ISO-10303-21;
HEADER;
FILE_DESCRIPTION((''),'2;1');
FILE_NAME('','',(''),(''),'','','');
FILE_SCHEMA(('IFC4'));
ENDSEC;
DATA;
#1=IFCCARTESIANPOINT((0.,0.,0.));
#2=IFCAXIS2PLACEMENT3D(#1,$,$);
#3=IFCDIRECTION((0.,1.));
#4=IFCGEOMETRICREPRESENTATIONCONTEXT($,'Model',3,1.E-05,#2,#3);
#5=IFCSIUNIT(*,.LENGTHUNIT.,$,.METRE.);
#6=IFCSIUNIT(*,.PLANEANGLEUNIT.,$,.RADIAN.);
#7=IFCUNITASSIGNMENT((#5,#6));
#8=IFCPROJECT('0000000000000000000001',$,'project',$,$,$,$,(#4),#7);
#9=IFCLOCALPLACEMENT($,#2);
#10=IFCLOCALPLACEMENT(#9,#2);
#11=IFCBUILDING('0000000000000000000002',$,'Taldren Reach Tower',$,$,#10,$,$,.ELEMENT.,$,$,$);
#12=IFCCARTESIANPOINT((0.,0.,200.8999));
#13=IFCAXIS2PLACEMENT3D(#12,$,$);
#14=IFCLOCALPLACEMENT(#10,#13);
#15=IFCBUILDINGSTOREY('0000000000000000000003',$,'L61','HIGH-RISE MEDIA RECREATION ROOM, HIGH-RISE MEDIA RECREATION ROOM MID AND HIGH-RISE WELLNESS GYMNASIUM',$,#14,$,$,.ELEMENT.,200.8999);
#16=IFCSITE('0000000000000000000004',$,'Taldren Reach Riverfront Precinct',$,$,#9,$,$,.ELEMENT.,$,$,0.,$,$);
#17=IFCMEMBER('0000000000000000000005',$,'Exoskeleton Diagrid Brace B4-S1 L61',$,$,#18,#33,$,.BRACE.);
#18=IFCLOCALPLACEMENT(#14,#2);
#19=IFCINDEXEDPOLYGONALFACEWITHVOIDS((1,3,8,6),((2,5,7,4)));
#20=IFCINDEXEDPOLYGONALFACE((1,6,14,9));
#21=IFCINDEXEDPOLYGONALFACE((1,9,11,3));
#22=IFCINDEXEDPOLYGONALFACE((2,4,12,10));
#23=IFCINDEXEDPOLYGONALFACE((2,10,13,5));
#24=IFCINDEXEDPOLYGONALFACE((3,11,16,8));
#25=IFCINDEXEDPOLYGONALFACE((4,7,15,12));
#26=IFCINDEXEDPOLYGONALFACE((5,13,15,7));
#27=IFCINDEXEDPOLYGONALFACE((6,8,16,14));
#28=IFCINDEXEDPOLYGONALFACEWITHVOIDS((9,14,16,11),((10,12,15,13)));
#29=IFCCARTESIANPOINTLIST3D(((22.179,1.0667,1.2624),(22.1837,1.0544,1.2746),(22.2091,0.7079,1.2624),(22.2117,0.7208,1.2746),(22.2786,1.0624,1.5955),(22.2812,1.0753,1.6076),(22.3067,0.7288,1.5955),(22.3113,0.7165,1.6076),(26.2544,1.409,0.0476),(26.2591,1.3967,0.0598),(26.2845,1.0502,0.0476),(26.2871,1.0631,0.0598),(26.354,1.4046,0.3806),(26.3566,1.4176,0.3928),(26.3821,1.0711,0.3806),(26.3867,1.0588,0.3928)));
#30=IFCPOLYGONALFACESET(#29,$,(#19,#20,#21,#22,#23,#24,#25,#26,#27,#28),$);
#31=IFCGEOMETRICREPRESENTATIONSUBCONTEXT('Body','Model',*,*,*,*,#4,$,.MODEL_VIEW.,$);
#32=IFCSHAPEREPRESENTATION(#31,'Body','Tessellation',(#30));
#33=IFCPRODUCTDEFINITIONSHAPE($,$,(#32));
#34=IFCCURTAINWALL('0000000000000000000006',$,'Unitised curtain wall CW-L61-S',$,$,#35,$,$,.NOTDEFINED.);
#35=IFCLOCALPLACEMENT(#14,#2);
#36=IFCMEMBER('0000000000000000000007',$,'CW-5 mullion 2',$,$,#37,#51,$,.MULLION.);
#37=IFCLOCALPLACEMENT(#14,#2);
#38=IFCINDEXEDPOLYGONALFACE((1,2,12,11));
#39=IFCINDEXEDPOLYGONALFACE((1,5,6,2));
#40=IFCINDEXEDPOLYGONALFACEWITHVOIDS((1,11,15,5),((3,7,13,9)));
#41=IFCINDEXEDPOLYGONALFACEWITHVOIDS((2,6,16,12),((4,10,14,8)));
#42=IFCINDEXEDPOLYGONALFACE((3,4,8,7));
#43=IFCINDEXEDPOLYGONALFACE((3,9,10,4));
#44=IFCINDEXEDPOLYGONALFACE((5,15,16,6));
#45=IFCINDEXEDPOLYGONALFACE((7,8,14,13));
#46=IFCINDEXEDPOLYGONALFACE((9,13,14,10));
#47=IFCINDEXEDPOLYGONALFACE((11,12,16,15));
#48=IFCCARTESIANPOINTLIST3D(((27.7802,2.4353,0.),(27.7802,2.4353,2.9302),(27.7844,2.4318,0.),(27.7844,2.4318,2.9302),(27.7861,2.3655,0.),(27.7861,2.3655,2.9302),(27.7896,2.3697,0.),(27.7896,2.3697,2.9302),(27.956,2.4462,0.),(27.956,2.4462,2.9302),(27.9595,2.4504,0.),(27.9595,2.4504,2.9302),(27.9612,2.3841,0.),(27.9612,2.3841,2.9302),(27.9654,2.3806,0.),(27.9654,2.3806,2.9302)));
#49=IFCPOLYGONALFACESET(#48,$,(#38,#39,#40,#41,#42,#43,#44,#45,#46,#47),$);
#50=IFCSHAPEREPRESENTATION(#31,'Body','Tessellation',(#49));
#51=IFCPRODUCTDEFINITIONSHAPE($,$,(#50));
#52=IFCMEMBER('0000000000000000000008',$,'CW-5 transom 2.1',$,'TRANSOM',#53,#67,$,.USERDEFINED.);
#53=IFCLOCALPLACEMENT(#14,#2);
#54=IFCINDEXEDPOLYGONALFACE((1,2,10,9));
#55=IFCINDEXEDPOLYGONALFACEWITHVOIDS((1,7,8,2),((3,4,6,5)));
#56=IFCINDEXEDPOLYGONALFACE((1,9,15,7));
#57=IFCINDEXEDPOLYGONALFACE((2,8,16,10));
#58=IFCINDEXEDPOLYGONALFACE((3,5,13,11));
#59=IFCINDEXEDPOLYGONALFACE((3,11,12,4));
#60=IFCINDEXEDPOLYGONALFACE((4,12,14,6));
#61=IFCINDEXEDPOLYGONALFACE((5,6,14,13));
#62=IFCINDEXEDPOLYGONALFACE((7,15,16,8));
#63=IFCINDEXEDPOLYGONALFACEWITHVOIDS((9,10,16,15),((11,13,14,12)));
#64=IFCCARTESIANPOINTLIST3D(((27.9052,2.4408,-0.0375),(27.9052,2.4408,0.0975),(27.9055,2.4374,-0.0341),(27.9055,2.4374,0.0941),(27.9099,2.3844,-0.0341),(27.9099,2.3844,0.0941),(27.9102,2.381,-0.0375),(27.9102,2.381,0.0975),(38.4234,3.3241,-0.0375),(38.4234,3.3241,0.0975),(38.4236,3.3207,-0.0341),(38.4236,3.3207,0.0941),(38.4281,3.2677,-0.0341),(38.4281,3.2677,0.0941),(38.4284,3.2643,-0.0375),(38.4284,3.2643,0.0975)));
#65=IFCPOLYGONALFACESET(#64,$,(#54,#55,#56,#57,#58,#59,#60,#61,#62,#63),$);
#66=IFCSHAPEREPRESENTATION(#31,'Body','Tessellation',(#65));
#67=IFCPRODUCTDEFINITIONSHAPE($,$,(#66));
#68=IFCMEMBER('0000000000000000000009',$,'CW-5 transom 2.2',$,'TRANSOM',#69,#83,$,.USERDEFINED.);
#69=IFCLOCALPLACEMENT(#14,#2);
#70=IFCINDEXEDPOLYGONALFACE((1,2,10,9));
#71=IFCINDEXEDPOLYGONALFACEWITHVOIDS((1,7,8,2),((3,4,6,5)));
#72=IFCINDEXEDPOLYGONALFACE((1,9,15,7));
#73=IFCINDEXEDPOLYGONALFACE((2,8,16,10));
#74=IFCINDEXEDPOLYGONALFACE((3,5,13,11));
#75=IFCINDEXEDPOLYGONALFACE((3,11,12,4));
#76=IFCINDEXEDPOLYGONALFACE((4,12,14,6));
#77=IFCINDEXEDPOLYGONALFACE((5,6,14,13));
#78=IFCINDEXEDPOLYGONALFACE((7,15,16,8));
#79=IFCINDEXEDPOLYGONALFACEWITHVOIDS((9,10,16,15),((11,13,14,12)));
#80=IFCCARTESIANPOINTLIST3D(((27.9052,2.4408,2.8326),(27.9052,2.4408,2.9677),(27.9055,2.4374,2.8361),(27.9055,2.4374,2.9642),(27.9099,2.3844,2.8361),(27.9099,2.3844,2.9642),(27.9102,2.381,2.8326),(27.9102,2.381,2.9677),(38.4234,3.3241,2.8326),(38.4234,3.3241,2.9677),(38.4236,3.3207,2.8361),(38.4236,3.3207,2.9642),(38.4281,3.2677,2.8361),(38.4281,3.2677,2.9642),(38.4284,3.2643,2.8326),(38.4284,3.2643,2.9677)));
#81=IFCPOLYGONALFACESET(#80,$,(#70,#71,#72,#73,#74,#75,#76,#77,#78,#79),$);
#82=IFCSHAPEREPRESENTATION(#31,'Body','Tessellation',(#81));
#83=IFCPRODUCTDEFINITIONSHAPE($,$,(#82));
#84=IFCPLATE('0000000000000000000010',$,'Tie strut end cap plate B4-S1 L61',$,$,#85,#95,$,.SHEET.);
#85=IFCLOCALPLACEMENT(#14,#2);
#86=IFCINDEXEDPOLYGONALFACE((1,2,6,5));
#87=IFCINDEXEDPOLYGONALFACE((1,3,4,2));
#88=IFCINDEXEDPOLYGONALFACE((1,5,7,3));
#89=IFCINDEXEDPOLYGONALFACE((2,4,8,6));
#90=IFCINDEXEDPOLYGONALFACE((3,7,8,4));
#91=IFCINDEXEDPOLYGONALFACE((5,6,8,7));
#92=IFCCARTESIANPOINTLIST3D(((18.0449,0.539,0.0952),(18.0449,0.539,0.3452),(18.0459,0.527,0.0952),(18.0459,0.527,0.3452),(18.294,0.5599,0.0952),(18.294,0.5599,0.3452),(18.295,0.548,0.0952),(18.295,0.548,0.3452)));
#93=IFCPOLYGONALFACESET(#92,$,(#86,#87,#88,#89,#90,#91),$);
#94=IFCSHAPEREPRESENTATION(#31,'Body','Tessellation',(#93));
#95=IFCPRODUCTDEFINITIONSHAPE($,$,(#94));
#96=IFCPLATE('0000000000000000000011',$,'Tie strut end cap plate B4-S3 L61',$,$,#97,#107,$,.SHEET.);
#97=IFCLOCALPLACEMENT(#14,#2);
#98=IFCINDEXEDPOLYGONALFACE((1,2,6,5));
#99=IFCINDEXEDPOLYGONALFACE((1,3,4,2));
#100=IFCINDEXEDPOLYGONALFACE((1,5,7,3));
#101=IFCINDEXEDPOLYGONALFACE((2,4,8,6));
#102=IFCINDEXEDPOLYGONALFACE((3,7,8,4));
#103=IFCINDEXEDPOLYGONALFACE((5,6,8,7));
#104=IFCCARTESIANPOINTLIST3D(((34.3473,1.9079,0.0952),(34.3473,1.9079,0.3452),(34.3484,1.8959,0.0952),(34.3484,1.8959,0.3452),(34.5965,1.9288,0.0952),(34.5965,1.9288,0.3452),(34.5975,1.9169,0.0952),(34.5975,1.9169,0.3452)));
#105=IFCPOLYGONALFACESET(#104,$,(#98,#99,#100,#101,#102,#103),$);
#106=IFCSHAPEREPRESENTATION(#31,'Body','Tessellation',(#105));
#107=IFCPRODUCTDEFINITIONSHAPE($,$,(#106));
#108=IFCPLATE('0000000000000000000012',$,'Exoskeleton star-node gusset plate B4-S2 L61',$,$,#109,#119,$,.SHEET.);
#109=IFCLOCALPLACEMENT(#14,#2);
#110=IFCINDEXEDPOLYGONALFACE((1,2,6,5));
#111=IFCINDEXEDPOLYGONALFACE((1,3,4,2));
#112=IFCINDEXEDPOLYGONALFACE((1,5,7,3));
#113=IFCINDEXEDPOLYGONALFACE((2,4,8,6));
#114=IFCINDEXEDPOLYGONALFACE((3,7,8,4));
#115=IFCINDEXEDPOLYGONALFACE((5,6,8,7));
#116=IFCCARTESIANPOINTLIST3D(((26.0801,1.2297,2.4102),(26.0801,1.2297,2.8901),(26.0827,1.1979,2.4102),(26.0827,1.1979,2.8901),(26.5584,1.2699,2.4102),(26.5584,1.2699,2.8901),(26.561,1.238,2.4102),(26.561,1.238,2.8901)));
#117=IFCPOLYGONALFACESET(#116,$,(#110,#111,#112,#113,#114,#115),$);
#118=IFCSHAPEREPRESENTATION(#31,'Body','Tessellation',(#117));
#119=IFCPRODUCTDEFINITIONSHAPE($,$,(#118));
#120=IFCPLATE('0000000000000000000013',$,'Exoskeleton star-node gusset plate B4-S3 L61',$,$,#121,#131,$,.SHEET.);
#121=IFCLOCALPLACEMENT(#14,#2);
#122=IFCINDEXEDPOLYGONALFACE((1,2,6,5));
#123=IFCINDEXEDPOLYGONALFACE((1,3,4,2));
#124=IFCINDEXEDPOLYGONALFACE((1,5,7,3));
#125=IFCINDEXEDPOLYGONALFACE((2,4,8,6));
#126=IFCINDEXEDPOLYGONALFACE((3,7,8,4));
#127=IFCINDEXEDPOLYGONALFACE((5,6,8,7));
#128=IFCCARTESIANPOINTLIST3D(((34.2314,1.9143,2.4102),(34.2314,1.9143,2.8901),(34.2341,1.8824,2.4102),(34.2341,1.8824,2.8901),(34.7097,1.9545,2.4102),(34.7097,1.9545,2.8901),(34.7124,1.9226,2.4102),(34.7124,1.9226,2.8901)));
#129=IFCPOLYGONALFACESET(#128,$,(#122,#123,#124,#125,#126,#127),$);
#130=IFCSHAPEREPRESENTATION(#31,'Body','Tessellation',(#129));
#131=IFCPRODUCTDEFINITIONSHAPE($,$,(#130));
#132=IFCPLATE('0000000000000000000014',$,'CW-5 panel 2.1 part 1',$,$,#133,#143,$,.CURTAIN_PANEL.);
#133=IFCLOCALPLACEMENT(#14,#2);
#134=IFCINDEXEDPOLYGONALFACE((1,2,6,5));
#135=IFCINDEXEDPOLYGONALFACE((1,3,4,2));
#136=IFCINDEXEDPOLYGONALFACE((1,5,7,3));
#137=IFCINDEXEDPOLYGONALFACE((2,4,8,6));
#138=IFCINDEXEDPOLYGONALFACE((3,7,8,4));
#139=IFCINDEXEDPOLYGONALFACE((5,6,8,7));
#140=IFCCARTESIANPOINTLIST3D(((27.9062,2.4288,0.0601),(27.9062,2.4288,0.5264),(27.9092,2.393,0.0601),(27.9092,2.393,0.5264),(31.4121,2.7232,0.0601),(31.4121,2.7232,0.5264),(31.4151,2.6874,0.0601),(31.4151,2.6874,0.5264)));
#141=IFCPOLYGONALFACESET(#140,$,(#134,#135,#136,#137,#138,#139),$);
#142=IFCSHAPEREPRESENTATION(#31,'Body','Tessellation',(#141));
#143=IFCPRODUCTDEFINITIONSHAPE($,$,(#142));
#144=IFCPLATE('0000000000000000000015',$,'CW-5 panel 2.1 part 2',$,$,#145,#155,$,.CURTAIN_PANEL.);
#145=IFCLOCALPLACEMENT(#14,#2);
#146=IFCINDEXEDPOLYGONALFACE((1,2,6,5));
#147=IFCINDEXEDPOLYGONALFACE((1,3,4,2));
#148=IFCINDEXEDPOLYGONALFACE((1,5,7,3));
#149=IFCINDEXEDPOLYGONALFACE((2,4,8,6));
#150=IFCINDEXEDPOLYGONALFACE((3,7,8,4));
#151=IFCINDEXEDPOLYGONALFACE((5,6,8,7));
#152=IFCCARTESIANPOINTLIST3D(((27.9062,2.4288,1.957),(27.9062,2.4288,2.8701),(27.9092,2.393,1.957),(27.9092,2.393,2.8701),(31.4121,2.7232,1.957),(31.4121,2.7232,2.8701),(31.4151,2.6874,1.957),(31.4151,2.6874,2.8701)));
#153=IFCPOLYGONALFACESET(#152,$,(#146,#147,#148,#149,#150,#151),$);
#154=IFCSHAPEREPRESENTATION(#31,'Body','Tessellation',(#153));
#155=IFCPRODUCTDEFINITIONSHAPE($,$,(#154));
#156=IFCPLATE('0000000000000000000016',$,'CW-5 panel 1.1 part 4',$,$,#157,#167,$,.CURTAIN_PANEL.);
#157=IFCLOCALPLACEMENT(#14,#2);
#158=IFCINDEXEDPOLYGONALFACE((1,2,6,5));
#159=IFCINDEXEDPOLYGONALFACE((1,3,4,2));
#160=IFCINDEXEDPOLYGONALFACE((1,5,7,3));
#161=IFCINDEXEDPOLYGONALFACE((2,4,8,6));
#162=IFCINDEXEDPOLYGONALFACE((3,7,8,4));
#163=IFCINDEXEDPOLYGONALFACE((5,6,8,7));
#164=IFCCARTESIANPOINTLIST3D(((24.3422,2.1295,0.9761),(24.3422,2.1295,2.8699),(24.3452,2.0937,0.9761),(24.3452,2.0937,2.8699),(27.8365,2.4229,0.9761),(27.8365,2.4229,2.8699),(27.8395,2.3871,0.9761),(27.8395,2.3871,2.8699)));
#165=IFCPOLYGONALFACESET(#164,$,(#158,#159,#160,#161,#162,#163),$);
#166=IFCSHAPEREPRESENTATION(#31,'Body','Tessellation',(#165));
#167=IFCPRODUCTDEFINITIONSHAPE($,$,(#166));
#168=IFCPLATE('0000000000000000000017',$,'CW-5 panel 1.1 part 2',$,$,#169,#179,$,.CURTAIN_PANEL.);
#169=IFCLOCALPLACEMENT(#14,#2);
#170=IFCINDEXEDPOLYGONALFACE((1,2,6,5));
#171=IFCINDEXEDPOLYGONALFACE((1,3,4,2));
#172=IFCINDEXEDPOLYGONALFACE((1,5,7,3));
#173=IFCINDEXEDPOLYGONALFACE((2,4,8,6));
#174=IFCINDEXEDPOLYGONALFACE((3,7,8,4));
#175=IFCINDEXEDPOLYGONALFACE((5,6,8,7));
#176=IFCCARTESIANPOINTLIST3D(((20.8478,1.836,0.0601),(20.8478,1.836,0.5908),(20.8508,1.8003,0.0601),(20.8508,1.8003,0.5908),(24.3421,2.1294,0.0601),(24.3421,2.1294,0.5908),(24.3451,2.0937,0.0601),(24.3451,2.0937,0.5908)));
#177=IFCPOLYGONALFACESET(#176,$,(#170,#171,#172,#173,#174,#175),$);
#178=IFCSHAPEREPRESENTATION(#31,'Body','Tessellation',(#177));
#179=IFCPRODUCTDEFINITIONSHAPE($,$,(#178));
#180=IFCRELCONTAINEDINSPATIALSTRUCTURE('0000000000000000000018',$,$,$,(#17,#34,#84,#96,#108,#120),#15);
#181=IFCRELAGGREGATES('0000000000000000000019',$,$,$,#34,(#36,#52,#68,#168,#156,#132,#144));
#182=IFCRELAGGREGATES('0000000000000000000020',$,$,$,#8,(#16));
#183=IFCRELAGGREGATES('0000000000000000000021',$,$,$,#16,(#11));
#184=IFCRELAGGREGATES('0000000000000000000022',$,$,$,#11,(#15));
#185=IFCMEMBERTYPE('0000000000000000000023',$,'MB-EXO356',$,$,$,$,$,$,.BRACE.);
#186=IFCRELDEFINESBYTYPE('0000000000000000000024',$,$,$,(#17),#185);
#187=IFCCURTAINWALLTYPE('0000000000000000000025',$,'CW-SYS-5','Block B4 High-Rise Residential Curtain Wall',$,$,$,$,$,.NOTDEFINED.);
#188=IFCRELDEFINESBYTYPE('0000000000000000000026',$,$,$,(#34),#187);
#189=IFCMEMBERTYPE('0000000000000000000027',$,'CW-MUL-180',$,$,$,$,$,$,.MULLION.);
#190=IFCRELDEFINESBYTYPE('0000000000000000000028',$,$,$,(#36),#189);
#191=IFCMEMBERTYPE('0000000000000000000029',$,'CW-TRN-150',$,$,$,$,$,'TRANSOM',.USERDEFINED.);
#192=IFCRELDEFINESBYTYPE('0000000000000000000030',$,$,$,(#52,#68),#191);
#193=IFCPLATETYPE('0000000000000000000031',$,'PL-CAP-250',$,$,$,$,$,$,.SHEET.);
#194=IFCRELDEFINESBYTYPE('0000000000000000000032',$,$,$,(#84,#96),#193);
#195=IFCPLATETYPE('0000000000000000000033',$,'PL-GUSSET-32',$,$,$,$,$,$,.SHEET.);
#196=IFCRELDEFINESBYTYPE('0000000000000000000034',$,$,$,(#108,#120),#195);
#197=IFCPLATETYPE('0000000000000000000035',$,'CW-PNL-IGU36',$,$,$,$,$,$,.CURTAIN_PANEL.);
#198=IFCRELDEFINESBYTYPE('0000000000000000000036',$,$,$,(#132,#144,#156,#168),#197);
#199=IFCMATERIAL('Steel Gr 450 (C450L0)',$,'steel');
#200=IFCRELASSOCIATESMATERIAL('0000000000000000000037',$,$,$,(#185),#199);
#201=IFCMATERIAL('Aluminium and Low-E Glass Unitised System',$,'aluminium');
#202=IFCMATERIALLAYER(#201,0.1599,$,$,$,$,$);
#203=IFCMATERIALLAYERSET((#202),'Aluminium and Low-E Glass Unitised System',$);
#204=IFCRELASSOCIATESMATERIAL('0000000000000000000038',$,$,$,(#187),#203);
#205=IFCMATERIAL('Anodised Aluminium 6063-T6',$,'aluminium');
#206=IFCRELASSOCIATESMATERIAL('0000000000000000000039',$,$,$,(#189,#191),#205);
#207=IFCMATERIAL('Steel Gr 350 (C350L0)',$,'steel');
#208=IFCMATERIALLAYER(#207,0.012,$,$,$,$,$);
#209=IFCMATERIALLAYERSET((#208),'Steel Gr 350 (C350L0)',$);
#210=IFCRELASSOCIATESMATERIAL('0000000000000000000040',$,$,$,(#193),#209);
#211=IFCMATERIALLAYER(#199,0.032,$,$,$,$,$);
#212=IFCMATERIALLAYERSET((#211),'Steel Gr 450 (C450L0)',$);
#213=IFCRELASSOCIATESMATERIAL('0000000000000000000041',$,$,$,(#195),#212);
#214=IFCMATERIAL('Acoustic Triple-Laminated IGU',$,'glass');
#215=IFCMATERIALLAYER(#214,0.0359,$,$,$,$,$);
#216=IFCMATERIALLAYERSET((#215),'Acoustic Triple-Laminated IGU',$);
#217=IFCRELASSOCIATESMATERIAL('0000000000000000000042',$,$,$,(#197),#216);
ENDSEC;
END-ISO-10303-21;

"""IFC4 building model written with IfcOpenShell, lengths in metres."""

from ifc_helpers import new_model, si_unit, direction, frame, origin, origin_2d, place, context, subcontext, project, spatial, rectangle, hollow_rectangle, extrude, source, transform, mapped, material, layer, layer_set, material_profile, profile_set, type_object, element, aggregate, save


model = new_model("IFC4")

# Units and contexts
model_context = context("Model", 3, precision=1e-05, world=origin(), true_north=direction((0.0, 1.0)))
body_context = subcontext(model_context, "Body", "Model", "MODEL_VIEW")
ifc_project = project(units=[si_unit("LENGTHUNIT", "METRE"), si_unit("PLANEANGLEUNIT", "RADIAN")], contexts=[model_context])

# Site, building, storey
site_placement = place(None, origin())
site = spatial("IfcSite", under=ifc_project, at=site_placement, Name="Taldren Reach Riverfront Precinct", CompositionType="ELEMENT", RefElevation=0.0)
building_placement = place(site_placement, origin())
building = spatial("IfcBuilding", under=site, at=building_placement, Name="Taldren Reach Tower", CompositionType="ELEMENT")
storey_placement = place(building_placement, frame((0.0, 0.0, 200.8999)))
storey = spatial("IfcBuildingStorey", under=building, at=storey_placement, Name="L61", Description="HIGH-RISE MEDIA RECREATION ROOM, HIGH-RISE MEDIA RECREATION ROOM MID AND HIGH-RISE WELLNESS GYMNASIUM", CompositionType="ELEMENT", Elevation=200.8999)

# Member
ifc_material_1 = material(Name="Steel Gr 450 (C450L0)", Category="steel")
ifc_material_2 = material(Name="Steel Gr 350 (C350L0)", Category="steel")
ifc_material_profile_1 = material_profile(ifc_material_1, hollow_rectangle(XDim=0.3601, YDim=0.3601, WallThickness=0.0127, at=origin_2d()), Name="360x360x12.7SHS")
ifc_profile_set_1 = profile_set([ifc_material_profile_1], Name="Steel Gr 450 (C450L0)")
member_type_1 = type_object("IfcMemberType", Name="MB-EXO356", PredefinedType="BRACE", material=ifc_profile_set_1)
shared_shape_1 = source(origin(), body_context, "Body", "SweptSolid", [
    extrude(hollow_rectangle(XDim=0.3601, YDim=0.3601, WallThickness=0.0127, at=origin_2d()), origin(), (0.0, 0.0, 1.0), 4.2664),
])
member_1_placement = place(storey_placement, frame((26.3206, 1.2339, 0.2202), z_axis=(-0.95524, -0.080228, 0.284746), x_axis=(0.083693, -0.996492, 0.0)))
element("IfcMember", 1, at=member_1_placement, inside=storey, type_object=member_type_1, Name="Exoskeleton Diagrid Brace B4-S1 L61", PredefinedType="BRACE", context=body_context, shape_type="MappedRepresentation", body=[
    mapped(shared_shape_1, transform((0.0, 0.0, 0.0), scale=1.0)),
])

# Curtain wall, members
ifc_material_3 = material(Name="Aluminium and Low-E Glass Unitised System", Category="aluminium")
ifc_layer_1 = layer(ifc_material_3, 0.1599)
ifc_layer_set_1 = layer_set([ifc_layer_1], Name="Aluminium and Low-E Glass Unitised System")
curtain_wall_type = type_object("IfcCurtainWallType", Name="CW-SYS-5", Description="Block B4 High-Rise Residential Curtain Wall", PredefinedType="NOTDEFINED", material=ifc_layer_set_1)
curtain_wall_placement = place(storey_placement, origin())
curtain_wall = element("IfcCurtainWall", 2, at=curtain_wall_placement, inside=storey, type_object=curtain_wall_type, Name="Unitised curtain wall CW-L61-S", PredefinedType="NOTDEFINED")
ifc_material_4 = material(Name="Anodised Aluminium 6063-T6", Category="aluminium")
ifc_material_profile_2 = material_profile(ifc_material_4, hollow_rectangle(XDim=0.0701, YDim=0.1799, WallThickness=0.0039, at=origin_2d()), Name="ALU-180x70x4RHS")
ifc_profile_set_2 = profile_set([ifc_material_profile_2], Name="Anodised Aluminium 6063-T6")
member_type_2 = type_object("IfcMemberType", Name="CW-MUL-180", PredefinedType="MULLION", material=ifc_profile_set_2)
shared_shape_2 = source(origin(), body_context, "Body", "SweptSolid", [
    extrude(hollow_rectangle(XDim=0.0701, YDim=0.1799, WallThickness=0.0039, at=origin_2d()), origin(), (0.0, 0.0, 1.0), 2.9302),
])
member_2_placement = place(storey_placement, frame((27.8728, 2.408, 0.0), z_axis=(0.0, 0.0, 1.0), x_axis=(-0.083678, 0.996493, 0.0)))
member_2 = element("IfcMember", 3, at=member_2_placement, type_object=member_type_2, Name="CW-5 mullion 2", PredefinedType="MULLION", context=body_context, shape_type="MappedRepresentation", body=[
    mapped(shared_shape_2, transform((0.0, 0.0, 0.0), scale=1.0)),
])
ifc_material_profile_3 = material_profile(ifc_material_4, hollow_rectangle(XDim=0.0601, YDim=0.135, WallThickness=0.0034, at=origin_2d()), Name="ALU-135x60x3.5RHS")
ifc_profile_set_3 = profile_set([ifc_material_profile_3], Name="Anodised Aluminium 6063-T6")
member_type_3 = type_object("IfcMemberType", Name="CW-TRN-150", ElementType="TRANSOM", PredefinedType="USERDEFINED", material=ifc_profile_set_3)
shared_shape_3 = source(origin(), body_context, "Body", "SweptSolid", [
    extrude(hollow_rectangle(XDim=0.0601, YDim=0.135, WallThickness=0.0034, at=origin_2d()), origin(), (0.0, 0.0, 1.0), 10.5552),
])
member_3_placement = place(storey_placement, frame((27.9077, 2.4109, 0.03), z_axis=(0.996492, 0.083685, 0.0), x_axis=(-0.083685, 0.996492, 0.0)))
member_3 = element("IfcMember", 4, at=member_3_placement, type_object=member_type_3, Name="CW-5 transom 2.1", ObjectType="TRANSOM", PredefinedType="USERDEFINED", context=body_context, shape_type="MappedRepresentation", body=[
    mapped(shared_shape_3, transform((0.0, 0.0, 0.0), scale=1.0)),
])
member_4_placement = place(storey_placement, frame((27.9077, 2.4109, 2.9001), z_axis=(0.996492, 0.083685, 0.0), x_axis=(-0.083685, 0.996492, 0.0)))
member_4 = element("IfcMember", 5, at=member_4_placement, type_object=member_type_3, Name="CW-5 transom 2.2", ObjectType="TRANSOM", PredefinedType="USERDEFINED", context=body_context, shape_type="MappedRepresentation", body=[
    mapped(shared_shape_3, transform((0.0, 0.0, 0.0), scale=1.0)),
])

# Plates
ifc_layer_2 = layer(ifc_material_2, 0.012)
ifc_layer_set_2 = layer_set([ifc_layer_2], Name="Steel Gr 350 (C350L0)")
plate_type_1 = type_object("IfcPlateType", Name="PL-CAP-250", PredefinedType="SHEET", material=ifc_layer_set_2)
shared_shape_4 = source(origin(), body_context, "Body", "SweptSolid", [
    extrude(rectangle(XDim=0.25, YDim=0.012, at=origin_2d()), origin(), (0.0, 0.0, 1.0), 0.25),
])
for number, where, z_axis, x_axis, name in (
    (6, (18.1699, 0.5435, 0.0952), (0.0, 0.0, 1.0), (0.996493, 0.083678, 0.0), "Tie strut end cap plate B4-S1 L61"),
    (7, (34.4724, 1.9124, 0.0952), (0.0, 0.0, 1.0), (0.996493, 0.083678, 0.0), "Tie strut end cap plate B4-S3 L61"),
):
    element("IfcPlate", number, at=place(storey_placement, frame(where, z_axis=z_axis, x_axis=x_axis)), inside=storey, type_object=plate_type_1, Name=name, PredefinedType="SHEET", context=body_context, shape_type="MappedRepresentation", body=[
        mapped(shared_shape_4, transform((0.0, 0.0, 0.0), scale=1.0)),
    ])
ifc_layer_3 = layer(ifc_material_1, 0.032)
ifc_layer_set_3 = layer_set([ifc_layer_3], Name="Steel Gr 450 (C450L0)")
plate_type_2 = type_object("IfcPlateType", Name="PL-GUSSET-32", PredefinedType="SHEET", material=ifc_layer_set_3)
shared_shape_5 = source(origin(), body_context, "Body", "SweptSolid", [
    extrude(rectangle(XDim=0.48, YDim=0.032, at=origin_2d()), origin(), (0.0, 0.0, 1.0), 0.48),
])
for number, where, z_axis, x_axis, name in (
    (8, (26.3206, 1.2339, 2.4102), (0.0, 0.0, 1.0), (0.996493, 0.083678, 0.0), "Exoskeleton star-node gusset plate B4-S2 L61"),
    (9, (34.4719, 1.9185, 2.4102), (0.0, 0.0, 1.0), (0.996493, 0.083678, 0.0), "Exoskeleton star-node gusset plate B4-S3 L61"),
):
    element("IfcPlate", number, at=place(storey_placement, frame(where, z_axis=z_axis, x_axis=x_axis)), inside=storey, type_object=plate_type_2, Name=name, PredefinedType="SHEET", context=body_context, shape_type="MappedRepresentation", body=[
        mapped(shared_shape_5, transform((0.0, 0.0, 0.0), scale=1.0)),
    ])

# Plates
ifc_material_5 = material(Name="Acoustic Triple-Laminated IGU", Category="glass")
ifc_layer_4 = layer(ifc_material_5, 0.0359)
ifc_layer_set_4 = layer_set([ifc_layer_4], Name="Acoustic Triple-Laminated IGU")
plate_type_3 = type_object("IfcPlateType", Name="CW-PNL-IGU36", PredefinedType="CURTAIN_PANEL", material=ifc_layer_set_4)
shared_shape_6 = source(origin(), body_context, "Body", "SweptSolid", [
    extrude(rectangle(XDim=3.5183, YDim=0.0359, at=origin_2d()), origin(), (0.0, 0.0, 1.0), 0.4663),
])
plate_1_placement = place(storey_placement, frame((29.6606, 2.5581, 0.0601), z_axis=(0.0, 0.0, 1.0), x_axis=(0.996493, 0.083678, 0.0)))
plate_1 = element("IfcPlate", 10, at=plate_1_placement, type_object=plate_type_3, Name="CW-5 panel 2.1 part 1", PredefinedType="CURTAIN_PANEL", context=body_context, shape_type="MappedRepresentation", body=[
    mapped(shared_shape_6, transform((0.0, 0.0, 0.0), scale=1.0)),
])
shared_shape_7 = source(origin(), body_context, "Body", "SweptSolid", [
    extrude(rectangle(XDim=3.5183, YDim=0.0359, at=origin_2d()), origin(), (0.0, 0.0, 1.0), 0.9131),
])
plate_2_placement = place(storey_placement, frame((29.6606, 2.5581, 1.957), z_axis=(0.0, 0.0, 1.0), x_axis=(0.996493, 0.083678, 0.0)))
plate_2 = element("IfcPlate", 11, at=plate_2_placement, type_object=plate_type_3, Name="CW-5 panel 2.1 part 2", PredefinedType="CURTAIN_PANEL", context=body_context, shape_type="MappedRepresentation", body=[
    mapped(shared_shape_7, transform((0.0, 0.0, 0.0), scale=1.0)),
])
shared_shape_8 = source(origin(), body_context, "Body", "SweptSolid", [
    extrude(rectangle(XDim=3.5066, YDim=0.0359, at=origin_2d()), origin(), (0.0, 0.0, 1.0), 1.8938),
])
plate_3_placement = place(storey_placement, frame((26.0908, 2.2583, 0.9761), z_axis=(0.0, 0.0, 1.0), x_axis=(0.996493, 0.083678, 0.0)))
plate_3 = element("IfcPlate", 12, at=plate_3_placement, type_object=plate_type_3, Name="CW-5 panel 1.1 part 4", PredefinedType="CURTAIN_PANEL", context=body_context, shape_type="MappedRepresentation", body=[
    mapped(shared_shape_8, transform((0.0, 0.0, 0.0), scale=1.0)),
])
shared_shape_9 = source(origin(), body_context, "Body", "SweptSolid", [
    extrude(rectangle(XDim=3.5066, YDim=0.0359, at=origin_2d()), origin(), (0.0, 0.0, 1.0), 0.5308),
])
plate_4_placement = place(storey_placement, frame((22.5964, 1.9648, 0.0601), z_axis=(0.0, 0.0, 1.0), x_axis=(0.996493, 0.083678, 0.0)))
plate_4 = element("IfcPlate", 13, at=plate_4_placement, type_object=plate_type_3, Name="CW-5 panel 1.1 part 2", PredefinedType="CURTAIN_PANEL", context=body_context, shape_type="MappedRepresentation", body=[
    mapped(shared_shape_9, transform((0.0, 0.0, 0.0), scale=1.0)),
])
aggregate(curtain_wall, [member_2, member_3, member_4, plate_4, plate_3, plate_1, plate_2])

save(model, "model.ifc")
